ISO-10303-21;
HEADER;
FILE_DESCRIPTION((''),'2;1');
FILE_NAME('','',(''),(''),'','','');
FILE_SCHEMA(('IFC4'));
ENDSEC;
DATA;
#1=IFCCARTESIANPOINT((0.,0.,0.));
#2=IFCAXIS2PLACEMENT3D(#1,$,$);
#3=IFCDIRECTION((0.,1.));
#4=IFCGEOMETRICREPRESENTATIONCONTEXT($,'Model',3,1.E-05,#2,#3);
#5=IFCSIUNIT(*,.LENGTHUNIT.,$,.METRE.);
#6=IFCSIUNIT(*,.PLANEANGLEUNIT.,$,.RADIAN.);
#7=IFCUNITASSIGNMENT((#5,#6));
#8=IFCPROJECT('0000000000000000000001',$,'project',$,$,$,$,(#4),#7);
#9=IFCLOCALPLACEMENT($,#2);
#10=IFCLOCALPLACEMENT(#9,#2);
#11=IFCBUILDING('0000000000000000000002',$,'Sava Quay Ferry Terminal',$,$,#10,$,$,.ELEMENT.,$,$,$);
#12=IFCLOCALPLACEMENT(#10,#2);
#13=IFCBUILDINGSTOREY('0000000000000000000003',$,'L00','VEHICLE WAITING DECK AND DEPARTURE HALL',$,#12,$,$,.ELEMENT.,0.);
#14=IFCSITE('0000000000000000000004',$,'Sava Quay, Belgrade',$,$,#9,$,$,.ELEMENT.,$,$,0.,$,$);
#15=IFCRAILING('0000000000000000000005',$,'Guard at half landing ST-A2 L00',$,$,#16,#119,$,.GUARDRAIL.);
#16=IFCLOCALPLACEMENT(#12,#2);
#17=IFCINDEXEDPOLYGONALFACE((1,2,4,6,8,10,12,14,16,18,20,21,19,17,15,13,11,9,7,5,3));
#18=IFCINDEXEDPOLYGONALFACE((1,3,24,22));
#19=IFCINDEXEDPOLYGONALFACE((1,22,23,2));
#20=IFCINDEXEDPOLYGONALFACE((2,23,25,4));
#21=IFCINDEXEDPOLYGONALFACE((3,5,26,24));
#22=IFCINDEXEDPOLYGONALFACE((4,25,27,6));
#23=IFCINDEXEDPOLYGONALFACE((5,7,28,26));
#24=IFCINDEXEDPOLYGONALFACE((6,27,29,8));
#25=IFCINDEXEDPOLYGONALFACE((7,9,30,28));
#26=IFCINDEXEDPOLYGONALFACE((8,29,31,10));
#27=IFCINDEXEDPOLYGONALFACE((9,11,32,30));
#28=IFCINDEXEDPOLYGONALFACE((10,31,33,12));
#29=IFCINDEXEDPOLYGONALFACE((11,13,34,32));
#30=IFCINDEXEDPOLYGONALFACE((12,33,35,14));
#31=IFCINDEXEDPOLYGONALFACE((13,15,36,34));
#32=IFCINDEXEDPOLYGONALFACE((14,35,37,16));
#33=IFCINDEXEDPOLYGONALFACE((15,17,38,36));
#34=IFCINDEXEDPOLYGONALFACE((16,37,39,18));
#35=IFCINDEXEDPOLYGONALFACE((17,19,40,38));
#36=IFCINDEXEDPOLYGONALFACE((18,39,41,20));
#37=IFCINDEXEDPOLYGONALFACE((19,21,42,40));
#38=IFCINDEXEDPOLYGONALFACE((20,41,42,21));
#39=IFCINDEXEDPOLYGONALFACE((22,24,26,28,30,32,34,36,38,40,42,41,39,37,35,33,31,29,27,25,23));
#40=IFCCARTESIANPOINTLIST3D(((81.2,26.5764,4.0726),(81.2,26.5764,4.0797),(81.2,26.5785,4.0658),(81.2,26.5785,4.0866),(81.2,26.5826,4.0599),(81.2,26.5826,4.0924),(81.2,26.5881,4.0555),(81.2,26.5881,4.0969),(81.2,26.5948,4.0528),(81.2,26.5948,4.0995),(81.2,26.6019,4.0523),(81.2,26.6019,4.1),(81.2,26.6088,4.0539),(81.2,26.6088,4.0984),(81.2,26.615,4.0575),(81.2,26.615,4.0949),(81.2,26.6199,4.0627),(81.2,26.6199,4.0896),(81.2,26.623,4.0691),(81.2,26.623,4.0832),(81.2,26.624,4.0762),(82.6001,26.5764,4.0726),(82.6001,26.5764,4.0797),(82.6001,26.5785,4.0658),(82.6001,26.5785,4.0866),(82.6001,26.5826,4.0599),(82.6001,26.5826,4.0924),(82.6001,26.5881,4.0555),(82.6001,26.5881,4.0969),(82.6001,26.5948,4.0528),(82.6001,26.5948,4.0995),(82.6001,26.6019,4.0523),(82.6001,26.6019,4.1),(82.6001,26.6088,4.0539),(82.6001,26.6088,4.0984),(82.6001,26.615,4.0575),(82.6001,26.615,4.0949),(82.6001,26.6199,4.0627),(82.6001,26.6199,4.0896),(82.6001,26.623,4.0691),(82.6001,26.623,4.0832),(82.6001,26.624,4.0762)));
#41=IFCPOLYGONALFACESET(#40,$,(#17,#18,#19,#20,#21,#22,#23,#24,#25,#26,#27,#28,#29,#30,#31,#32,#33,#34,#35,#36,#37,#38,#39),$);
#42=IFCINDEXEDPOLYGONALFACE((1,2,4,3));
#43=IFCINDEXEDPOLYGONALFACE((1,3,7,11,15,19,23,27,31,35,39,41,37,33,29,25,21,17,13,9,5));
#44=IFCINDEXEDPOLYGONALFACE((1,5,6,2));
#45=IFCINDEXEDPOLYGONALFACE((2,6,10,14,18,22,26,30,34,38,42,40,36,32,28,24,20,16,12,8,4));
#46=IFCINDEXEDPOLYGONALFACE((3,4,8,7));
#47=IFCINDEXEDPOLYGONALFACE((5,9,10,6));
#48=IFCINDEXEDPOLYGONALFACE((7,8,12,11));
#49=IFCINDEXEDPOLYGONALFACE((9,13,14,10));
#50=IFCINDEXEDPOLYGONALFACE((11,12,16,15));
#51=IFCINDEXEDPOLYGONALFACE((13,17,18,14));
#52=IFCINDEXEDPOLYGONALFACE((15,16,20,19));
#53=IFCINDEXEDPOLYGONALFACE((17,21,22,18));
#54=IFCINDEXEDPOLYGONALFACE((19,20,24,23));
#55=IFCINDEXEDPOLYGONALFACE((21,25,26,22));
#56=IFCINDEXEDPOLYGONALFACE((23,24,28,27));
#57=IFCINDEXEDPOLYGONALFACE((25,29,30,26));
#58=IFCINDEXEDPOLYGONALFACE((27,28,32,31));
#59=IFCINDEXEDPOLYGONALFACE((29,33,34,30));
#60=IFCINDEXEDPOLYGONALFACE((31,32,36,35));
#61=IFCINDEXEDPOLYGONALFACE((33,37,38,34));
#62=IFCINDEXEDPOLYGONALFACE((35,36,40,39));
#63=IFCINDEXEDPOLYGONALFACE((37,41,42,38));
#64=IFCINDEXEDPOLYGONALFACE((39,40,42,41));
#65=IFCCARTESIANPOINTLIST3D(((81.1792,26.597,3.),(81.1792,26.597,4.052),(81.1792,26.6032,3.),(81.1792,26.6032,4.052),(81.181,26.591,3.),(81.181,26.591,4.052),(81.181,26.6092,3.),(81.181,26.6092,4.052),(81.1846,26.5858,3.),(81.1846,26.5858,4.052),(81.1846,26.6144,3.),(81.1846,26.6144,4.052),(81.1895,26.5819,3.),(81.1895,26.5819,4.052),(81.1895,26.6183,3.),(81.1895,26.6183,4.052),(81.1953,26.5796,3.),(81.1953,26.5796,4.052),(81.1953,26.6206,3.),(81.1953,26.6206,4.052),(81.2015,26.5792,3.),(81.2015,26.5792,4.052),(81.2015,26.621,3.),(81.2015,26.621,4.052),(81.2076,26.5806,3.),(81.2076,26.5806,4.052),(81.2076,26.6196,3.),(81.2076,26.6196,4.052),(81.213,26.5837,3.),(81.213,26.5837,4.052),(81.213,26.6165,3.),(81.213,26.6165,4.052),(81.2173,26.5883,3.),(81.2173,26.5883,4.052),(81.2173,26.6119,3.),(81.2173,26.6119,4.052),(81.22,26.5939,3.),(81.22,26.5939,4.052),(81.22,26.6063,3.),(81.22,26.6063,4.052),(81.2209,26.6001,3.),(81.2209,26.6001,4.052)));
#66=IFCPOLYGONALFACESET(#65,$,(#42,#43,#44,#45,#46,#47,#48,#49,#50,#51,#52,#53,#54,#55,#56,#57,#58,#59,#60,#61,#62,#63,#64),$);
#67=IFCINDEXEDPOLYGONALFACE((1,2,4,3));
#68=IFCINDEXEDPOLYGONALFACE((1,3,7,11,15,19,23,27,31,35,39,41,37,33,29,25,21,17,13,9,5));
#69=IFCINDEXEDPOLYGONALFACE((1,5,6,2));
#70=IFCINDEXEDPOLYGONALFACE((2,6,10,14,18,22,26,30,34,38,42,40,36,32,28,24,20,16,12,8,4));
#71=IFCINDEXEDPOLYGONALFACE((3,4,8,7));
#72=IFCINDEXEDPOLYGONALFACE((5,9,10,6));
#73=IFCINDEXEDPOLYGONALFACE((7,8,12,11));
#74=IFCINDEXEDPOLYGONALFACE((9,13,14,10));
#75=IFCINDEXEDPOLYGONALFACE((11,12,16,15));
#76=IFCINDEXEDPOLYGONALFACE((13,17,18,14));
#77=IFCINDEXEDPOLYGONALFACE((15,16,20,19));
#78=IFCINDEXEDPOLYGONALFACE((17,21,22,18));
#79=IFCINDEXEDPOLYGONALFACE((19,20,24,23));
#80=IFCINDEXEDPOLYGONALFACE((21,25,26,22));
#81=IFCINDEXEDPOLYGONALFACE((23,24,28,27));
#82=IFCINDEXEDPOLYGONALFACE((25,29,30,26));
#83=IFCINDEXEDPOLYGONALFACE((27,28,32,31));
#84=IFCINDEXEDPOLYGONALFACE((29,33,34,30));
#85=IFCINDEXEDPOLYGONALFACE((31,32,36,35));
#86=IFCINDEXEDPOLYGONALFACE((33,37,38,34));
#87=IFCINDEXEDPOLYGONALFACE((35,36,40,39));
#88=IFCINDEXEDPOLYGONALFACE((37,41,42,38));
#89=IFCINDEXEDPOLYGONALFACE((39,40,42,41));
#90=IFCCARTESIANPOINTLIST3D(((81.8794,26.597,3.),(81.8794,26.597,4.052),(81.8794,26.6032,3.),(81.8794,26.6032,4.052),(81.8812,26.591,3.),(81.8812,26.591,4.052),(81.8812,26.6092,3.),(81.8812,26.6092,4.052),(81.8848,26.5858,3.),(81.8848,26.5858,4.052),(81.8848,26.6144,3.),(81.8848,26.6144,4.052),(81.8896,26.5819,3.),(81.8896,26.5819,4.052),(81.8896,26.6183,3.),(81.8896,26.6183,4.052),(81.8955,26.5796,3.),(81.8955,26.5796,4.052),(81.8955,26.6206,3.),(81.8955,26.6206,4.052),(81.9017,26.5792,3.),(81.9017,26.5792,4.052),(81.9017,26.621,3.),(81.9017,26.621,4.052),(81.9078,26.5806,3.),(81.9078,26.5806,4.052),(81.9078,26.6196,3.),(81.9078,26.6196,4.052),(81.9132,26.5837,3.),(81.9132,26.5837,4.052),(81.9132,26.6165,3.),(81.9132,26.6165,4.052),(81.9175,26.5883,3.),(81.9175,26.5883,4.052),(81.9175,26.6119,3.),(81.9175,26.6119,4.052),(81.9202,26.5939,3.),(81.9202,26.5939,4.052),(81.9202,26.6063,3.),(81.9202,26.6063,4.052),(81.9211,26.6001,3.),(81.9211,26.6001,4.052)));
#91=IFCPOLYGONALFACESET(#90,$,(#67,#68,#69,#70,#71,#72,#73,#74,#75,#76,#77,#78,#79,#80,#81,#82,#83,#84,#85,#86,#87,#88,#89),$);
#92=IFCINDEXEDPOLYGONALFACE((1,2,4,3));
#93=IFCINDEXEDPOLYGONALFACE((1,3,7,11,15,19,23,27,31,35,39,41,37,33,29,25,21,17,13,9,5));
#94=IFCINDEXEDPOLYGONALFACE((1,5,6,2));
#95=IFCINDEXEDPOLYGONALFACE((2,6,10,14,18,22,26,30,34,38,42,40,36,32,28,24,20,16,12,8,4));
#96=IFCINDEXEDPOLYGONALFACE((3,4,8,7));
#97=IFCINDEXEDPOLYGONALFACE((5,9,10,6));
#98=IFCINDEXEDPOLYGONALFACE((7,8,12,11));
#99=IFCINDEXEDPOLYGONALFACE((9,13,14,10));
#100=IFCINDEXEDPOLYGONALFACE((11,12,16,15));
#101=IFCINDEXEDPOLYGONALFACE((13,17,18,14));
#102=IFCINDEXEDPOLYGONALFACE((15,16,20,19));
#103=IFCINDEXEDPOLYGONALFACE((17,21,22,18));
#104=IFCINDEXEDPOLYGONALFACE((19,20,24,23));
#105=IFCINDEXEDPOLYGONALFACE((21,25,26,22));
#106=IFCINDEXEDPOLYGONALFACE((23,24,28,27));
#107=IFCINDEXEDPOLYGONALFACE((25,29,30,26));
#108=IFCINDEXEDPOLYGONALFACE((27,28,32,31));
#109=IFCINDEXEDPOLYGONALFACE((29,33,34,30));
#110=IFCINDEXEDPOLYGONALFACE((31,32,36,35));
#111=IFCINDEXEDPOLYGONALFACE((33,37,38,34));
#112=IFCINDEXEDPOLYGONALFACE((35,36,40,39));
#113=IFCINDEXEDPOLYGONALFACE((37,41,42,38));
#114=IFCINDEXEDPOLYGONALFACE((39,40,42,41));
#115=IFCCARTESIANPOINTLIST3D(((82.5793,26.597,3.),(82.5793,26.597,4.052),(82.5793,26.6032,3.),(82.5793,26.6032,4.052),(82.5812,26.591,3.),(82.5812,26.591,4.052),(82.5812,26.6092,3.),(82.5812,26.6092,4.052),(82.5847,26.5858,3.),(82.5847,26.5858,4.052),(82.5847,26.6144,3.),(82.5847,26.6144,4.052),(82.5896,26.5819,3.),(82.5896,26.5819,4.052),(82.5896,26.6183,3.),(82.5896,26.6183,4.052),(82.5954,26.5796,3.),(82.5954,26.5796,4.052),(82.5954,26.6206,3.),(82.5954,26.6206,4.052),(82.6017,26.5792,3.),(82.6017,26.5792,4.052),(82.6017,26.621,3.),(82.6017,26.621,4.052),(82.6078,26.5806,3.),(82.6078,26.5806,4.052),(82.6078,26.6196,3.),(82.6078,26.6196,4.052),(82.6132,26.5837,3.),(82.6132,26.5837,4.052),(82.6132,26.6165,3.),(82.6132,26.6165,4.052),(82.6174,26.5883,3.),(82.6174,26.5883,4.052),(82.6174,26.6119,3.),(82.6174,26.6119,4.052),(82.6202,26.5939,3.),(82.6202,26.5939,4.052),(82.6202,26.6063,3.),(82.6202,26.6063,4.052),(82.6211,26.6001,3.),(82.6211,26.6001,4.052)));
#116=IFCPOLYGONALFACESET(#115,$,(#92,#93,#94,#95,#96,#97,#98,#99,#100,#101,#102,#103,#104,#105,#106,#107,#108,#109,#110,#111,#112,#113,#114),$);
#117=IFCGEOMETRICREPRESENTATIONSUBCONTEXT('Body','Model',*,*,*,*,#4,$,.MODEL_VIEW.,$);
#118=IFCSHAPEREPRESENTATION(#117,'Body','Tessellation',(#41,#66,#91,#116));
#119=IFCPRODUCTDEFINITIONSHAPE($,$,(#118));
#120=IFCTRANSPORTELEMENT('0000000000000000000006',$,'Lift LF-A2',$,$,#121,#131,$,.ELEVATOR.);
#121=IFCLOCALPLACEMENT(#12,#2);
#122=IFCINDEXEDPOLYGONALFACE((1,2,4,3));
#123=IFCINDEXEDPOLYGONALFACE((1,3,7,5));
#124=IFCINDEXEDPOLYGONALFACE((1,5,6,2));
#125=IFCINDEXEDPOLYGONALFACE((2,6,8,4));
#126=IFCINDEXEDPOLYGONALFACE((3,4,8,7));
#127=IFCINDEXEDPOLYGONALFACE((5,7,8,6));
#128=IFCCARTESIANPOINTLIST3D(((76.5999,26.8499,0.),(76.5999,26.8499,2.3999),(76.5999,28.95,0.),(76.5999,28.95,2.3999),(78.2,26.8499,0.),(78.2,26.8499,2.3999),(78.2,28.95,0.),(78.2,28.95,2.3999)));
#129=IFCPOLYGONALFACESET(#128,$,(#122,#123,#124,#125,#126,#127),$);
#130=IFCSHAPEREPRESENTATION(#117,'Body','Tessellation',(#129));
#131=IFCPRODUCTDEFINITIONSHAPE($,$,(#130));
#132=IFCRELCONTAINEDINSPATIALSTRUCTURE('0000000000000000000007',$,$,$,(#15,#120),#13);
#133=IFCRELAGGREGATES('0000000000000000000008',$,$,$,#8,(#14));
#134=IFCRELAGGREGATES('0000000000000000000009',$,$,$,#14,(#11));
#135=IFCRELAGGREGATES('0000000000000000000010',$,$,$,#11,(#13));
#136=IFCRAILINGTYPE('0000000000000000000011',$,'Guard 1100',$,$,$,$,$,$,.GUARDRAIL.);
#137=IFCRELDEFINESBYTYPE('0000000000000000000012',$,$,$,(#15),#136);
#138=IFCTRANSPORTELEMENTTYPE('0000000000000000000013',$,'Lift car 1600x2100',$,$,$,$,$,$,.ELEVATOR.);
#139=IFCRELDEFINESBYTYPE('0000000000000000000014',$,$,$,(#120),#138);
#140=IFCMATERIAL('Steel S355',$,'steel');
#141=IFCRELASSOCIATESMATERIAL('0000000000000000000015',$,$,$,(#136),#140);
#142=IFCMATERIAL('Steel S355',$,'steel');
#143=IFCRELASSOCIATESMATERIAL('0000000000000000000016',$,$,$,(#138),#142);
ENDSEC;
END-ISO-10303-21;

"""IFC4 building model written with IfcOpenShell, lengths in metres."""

from ifc_helpers import new_model, si_unit, direction, frame, origin, origin_2d, place, context, subcontext, project, spatial, rectangle, circle, extrude, material, type_object, element, save


model = new_model("IFC4")

# Units and contexts
model_context = context("Model", 3, precision=1e-05, world=origin(), true_north=direction((0.0, 1.0)))
body_context = subcontext(model_context, "Body", "Model", "MODEL_VIEW")
ifc_project = project(units=[si_unit("LENGTHUNIT", "METRE"), si_unit("PLANEANGLEUNIT", "RADIAN")], contexts=[model_context])

# Site, building, storey
site_placement = place(None, origin())
site = spatial("IfcSite", under=ifc_project, at=site_placement, Name="Sava Quay, Belgrade", CompositionType="ELEMENT", RefElevation=0.0)
building_placement = place(site_placement, origin())
building = spatial("IfcBuilding", under=site, at=building_placement, Name="Sava Quay Ferry Terminal", CompositionType="ELEMENT")
storey_placement = place(building_placement, origin())
storey = spatial("IfcBuildingStorey", under=building, at=storey_placement, Name="L00", Description="VEHICLE WAITING DECK AND DEPARTURE HALL", CompositionType="ELEMENT", Elevation=0.0)

# Railing
ifc_material_1 = material(Name="Steel S355", Category="steel")
railing_type_1 = type_object("IfcRailingType", Name="Guard 1100", PredefinedType="GUARDRAIL", material=ifc_material_1)
railing_1_placement = place(storey_placement, frame((81.2, 26.6001, 3.0)))
element("IfcRailing", 1, at=railing_1_placement, inside=storey, type_object=railing_type_1, Name="Guard at half landing ST-A2 L00", PredefinedType="GUARDRAIL", context=body_context, shape_type="SweptSolid", body=[
    extrude(circle(Radius=0.0239, at=origin_2d()), frame((0.0, 0.0, 1.0762), z_axis=(1.0, 0.0, 0.0), x_axis=(0.0, 1.0, 0.0)), (0.0, 0.0, 1.0), 1.4001),
    extrude(circle(Radius=0.021, at=origin_2d()), origin(), (0.0, 0.0, 1.0), 1.052),
    extrude(circle(Radius=0.021, at=origin_2d()), frame((0.7002, 0.0, 0.0)), (0.0, 0.0, 1.0), 1.052),
    extrude(circle(Radius=0.021, at=origin_2d()), frame((1.4001, 0.0, 0.0)), (0.0, 0.0, 1.0), 1.052),
])

# Transport element
ifc_material_2 = material(Name="Steel S355", Category="steel")
transport_element_type = type_object("IfcTransportElementType", Name="Lift car 1600x2100", PredefinedType="ELEVATOR", material=ifc_material_2)
transport_element_placement = place(storey_placement, frame((77.3999, 27.8999, 0.0), z_axis=(0.0, 0.0, 1.0), x_axis=(1.0, 0.0, 0.0)))
element("IfcTransportElement", 2, at=transport_element_placement, inside=storey, type_object=transport_element_type, Name="Lift LF-A2", PredefinedType="ELEVATOR", context=body_context, shape_type="SweptSolid", body=[
    extrude(rectangle(XDim=1.6001, YDim=2.1001, at=origin_2d()), origin(), (0.0, 0.0, 1.0), 2.3999),
])

save(model, "model.ifc")
